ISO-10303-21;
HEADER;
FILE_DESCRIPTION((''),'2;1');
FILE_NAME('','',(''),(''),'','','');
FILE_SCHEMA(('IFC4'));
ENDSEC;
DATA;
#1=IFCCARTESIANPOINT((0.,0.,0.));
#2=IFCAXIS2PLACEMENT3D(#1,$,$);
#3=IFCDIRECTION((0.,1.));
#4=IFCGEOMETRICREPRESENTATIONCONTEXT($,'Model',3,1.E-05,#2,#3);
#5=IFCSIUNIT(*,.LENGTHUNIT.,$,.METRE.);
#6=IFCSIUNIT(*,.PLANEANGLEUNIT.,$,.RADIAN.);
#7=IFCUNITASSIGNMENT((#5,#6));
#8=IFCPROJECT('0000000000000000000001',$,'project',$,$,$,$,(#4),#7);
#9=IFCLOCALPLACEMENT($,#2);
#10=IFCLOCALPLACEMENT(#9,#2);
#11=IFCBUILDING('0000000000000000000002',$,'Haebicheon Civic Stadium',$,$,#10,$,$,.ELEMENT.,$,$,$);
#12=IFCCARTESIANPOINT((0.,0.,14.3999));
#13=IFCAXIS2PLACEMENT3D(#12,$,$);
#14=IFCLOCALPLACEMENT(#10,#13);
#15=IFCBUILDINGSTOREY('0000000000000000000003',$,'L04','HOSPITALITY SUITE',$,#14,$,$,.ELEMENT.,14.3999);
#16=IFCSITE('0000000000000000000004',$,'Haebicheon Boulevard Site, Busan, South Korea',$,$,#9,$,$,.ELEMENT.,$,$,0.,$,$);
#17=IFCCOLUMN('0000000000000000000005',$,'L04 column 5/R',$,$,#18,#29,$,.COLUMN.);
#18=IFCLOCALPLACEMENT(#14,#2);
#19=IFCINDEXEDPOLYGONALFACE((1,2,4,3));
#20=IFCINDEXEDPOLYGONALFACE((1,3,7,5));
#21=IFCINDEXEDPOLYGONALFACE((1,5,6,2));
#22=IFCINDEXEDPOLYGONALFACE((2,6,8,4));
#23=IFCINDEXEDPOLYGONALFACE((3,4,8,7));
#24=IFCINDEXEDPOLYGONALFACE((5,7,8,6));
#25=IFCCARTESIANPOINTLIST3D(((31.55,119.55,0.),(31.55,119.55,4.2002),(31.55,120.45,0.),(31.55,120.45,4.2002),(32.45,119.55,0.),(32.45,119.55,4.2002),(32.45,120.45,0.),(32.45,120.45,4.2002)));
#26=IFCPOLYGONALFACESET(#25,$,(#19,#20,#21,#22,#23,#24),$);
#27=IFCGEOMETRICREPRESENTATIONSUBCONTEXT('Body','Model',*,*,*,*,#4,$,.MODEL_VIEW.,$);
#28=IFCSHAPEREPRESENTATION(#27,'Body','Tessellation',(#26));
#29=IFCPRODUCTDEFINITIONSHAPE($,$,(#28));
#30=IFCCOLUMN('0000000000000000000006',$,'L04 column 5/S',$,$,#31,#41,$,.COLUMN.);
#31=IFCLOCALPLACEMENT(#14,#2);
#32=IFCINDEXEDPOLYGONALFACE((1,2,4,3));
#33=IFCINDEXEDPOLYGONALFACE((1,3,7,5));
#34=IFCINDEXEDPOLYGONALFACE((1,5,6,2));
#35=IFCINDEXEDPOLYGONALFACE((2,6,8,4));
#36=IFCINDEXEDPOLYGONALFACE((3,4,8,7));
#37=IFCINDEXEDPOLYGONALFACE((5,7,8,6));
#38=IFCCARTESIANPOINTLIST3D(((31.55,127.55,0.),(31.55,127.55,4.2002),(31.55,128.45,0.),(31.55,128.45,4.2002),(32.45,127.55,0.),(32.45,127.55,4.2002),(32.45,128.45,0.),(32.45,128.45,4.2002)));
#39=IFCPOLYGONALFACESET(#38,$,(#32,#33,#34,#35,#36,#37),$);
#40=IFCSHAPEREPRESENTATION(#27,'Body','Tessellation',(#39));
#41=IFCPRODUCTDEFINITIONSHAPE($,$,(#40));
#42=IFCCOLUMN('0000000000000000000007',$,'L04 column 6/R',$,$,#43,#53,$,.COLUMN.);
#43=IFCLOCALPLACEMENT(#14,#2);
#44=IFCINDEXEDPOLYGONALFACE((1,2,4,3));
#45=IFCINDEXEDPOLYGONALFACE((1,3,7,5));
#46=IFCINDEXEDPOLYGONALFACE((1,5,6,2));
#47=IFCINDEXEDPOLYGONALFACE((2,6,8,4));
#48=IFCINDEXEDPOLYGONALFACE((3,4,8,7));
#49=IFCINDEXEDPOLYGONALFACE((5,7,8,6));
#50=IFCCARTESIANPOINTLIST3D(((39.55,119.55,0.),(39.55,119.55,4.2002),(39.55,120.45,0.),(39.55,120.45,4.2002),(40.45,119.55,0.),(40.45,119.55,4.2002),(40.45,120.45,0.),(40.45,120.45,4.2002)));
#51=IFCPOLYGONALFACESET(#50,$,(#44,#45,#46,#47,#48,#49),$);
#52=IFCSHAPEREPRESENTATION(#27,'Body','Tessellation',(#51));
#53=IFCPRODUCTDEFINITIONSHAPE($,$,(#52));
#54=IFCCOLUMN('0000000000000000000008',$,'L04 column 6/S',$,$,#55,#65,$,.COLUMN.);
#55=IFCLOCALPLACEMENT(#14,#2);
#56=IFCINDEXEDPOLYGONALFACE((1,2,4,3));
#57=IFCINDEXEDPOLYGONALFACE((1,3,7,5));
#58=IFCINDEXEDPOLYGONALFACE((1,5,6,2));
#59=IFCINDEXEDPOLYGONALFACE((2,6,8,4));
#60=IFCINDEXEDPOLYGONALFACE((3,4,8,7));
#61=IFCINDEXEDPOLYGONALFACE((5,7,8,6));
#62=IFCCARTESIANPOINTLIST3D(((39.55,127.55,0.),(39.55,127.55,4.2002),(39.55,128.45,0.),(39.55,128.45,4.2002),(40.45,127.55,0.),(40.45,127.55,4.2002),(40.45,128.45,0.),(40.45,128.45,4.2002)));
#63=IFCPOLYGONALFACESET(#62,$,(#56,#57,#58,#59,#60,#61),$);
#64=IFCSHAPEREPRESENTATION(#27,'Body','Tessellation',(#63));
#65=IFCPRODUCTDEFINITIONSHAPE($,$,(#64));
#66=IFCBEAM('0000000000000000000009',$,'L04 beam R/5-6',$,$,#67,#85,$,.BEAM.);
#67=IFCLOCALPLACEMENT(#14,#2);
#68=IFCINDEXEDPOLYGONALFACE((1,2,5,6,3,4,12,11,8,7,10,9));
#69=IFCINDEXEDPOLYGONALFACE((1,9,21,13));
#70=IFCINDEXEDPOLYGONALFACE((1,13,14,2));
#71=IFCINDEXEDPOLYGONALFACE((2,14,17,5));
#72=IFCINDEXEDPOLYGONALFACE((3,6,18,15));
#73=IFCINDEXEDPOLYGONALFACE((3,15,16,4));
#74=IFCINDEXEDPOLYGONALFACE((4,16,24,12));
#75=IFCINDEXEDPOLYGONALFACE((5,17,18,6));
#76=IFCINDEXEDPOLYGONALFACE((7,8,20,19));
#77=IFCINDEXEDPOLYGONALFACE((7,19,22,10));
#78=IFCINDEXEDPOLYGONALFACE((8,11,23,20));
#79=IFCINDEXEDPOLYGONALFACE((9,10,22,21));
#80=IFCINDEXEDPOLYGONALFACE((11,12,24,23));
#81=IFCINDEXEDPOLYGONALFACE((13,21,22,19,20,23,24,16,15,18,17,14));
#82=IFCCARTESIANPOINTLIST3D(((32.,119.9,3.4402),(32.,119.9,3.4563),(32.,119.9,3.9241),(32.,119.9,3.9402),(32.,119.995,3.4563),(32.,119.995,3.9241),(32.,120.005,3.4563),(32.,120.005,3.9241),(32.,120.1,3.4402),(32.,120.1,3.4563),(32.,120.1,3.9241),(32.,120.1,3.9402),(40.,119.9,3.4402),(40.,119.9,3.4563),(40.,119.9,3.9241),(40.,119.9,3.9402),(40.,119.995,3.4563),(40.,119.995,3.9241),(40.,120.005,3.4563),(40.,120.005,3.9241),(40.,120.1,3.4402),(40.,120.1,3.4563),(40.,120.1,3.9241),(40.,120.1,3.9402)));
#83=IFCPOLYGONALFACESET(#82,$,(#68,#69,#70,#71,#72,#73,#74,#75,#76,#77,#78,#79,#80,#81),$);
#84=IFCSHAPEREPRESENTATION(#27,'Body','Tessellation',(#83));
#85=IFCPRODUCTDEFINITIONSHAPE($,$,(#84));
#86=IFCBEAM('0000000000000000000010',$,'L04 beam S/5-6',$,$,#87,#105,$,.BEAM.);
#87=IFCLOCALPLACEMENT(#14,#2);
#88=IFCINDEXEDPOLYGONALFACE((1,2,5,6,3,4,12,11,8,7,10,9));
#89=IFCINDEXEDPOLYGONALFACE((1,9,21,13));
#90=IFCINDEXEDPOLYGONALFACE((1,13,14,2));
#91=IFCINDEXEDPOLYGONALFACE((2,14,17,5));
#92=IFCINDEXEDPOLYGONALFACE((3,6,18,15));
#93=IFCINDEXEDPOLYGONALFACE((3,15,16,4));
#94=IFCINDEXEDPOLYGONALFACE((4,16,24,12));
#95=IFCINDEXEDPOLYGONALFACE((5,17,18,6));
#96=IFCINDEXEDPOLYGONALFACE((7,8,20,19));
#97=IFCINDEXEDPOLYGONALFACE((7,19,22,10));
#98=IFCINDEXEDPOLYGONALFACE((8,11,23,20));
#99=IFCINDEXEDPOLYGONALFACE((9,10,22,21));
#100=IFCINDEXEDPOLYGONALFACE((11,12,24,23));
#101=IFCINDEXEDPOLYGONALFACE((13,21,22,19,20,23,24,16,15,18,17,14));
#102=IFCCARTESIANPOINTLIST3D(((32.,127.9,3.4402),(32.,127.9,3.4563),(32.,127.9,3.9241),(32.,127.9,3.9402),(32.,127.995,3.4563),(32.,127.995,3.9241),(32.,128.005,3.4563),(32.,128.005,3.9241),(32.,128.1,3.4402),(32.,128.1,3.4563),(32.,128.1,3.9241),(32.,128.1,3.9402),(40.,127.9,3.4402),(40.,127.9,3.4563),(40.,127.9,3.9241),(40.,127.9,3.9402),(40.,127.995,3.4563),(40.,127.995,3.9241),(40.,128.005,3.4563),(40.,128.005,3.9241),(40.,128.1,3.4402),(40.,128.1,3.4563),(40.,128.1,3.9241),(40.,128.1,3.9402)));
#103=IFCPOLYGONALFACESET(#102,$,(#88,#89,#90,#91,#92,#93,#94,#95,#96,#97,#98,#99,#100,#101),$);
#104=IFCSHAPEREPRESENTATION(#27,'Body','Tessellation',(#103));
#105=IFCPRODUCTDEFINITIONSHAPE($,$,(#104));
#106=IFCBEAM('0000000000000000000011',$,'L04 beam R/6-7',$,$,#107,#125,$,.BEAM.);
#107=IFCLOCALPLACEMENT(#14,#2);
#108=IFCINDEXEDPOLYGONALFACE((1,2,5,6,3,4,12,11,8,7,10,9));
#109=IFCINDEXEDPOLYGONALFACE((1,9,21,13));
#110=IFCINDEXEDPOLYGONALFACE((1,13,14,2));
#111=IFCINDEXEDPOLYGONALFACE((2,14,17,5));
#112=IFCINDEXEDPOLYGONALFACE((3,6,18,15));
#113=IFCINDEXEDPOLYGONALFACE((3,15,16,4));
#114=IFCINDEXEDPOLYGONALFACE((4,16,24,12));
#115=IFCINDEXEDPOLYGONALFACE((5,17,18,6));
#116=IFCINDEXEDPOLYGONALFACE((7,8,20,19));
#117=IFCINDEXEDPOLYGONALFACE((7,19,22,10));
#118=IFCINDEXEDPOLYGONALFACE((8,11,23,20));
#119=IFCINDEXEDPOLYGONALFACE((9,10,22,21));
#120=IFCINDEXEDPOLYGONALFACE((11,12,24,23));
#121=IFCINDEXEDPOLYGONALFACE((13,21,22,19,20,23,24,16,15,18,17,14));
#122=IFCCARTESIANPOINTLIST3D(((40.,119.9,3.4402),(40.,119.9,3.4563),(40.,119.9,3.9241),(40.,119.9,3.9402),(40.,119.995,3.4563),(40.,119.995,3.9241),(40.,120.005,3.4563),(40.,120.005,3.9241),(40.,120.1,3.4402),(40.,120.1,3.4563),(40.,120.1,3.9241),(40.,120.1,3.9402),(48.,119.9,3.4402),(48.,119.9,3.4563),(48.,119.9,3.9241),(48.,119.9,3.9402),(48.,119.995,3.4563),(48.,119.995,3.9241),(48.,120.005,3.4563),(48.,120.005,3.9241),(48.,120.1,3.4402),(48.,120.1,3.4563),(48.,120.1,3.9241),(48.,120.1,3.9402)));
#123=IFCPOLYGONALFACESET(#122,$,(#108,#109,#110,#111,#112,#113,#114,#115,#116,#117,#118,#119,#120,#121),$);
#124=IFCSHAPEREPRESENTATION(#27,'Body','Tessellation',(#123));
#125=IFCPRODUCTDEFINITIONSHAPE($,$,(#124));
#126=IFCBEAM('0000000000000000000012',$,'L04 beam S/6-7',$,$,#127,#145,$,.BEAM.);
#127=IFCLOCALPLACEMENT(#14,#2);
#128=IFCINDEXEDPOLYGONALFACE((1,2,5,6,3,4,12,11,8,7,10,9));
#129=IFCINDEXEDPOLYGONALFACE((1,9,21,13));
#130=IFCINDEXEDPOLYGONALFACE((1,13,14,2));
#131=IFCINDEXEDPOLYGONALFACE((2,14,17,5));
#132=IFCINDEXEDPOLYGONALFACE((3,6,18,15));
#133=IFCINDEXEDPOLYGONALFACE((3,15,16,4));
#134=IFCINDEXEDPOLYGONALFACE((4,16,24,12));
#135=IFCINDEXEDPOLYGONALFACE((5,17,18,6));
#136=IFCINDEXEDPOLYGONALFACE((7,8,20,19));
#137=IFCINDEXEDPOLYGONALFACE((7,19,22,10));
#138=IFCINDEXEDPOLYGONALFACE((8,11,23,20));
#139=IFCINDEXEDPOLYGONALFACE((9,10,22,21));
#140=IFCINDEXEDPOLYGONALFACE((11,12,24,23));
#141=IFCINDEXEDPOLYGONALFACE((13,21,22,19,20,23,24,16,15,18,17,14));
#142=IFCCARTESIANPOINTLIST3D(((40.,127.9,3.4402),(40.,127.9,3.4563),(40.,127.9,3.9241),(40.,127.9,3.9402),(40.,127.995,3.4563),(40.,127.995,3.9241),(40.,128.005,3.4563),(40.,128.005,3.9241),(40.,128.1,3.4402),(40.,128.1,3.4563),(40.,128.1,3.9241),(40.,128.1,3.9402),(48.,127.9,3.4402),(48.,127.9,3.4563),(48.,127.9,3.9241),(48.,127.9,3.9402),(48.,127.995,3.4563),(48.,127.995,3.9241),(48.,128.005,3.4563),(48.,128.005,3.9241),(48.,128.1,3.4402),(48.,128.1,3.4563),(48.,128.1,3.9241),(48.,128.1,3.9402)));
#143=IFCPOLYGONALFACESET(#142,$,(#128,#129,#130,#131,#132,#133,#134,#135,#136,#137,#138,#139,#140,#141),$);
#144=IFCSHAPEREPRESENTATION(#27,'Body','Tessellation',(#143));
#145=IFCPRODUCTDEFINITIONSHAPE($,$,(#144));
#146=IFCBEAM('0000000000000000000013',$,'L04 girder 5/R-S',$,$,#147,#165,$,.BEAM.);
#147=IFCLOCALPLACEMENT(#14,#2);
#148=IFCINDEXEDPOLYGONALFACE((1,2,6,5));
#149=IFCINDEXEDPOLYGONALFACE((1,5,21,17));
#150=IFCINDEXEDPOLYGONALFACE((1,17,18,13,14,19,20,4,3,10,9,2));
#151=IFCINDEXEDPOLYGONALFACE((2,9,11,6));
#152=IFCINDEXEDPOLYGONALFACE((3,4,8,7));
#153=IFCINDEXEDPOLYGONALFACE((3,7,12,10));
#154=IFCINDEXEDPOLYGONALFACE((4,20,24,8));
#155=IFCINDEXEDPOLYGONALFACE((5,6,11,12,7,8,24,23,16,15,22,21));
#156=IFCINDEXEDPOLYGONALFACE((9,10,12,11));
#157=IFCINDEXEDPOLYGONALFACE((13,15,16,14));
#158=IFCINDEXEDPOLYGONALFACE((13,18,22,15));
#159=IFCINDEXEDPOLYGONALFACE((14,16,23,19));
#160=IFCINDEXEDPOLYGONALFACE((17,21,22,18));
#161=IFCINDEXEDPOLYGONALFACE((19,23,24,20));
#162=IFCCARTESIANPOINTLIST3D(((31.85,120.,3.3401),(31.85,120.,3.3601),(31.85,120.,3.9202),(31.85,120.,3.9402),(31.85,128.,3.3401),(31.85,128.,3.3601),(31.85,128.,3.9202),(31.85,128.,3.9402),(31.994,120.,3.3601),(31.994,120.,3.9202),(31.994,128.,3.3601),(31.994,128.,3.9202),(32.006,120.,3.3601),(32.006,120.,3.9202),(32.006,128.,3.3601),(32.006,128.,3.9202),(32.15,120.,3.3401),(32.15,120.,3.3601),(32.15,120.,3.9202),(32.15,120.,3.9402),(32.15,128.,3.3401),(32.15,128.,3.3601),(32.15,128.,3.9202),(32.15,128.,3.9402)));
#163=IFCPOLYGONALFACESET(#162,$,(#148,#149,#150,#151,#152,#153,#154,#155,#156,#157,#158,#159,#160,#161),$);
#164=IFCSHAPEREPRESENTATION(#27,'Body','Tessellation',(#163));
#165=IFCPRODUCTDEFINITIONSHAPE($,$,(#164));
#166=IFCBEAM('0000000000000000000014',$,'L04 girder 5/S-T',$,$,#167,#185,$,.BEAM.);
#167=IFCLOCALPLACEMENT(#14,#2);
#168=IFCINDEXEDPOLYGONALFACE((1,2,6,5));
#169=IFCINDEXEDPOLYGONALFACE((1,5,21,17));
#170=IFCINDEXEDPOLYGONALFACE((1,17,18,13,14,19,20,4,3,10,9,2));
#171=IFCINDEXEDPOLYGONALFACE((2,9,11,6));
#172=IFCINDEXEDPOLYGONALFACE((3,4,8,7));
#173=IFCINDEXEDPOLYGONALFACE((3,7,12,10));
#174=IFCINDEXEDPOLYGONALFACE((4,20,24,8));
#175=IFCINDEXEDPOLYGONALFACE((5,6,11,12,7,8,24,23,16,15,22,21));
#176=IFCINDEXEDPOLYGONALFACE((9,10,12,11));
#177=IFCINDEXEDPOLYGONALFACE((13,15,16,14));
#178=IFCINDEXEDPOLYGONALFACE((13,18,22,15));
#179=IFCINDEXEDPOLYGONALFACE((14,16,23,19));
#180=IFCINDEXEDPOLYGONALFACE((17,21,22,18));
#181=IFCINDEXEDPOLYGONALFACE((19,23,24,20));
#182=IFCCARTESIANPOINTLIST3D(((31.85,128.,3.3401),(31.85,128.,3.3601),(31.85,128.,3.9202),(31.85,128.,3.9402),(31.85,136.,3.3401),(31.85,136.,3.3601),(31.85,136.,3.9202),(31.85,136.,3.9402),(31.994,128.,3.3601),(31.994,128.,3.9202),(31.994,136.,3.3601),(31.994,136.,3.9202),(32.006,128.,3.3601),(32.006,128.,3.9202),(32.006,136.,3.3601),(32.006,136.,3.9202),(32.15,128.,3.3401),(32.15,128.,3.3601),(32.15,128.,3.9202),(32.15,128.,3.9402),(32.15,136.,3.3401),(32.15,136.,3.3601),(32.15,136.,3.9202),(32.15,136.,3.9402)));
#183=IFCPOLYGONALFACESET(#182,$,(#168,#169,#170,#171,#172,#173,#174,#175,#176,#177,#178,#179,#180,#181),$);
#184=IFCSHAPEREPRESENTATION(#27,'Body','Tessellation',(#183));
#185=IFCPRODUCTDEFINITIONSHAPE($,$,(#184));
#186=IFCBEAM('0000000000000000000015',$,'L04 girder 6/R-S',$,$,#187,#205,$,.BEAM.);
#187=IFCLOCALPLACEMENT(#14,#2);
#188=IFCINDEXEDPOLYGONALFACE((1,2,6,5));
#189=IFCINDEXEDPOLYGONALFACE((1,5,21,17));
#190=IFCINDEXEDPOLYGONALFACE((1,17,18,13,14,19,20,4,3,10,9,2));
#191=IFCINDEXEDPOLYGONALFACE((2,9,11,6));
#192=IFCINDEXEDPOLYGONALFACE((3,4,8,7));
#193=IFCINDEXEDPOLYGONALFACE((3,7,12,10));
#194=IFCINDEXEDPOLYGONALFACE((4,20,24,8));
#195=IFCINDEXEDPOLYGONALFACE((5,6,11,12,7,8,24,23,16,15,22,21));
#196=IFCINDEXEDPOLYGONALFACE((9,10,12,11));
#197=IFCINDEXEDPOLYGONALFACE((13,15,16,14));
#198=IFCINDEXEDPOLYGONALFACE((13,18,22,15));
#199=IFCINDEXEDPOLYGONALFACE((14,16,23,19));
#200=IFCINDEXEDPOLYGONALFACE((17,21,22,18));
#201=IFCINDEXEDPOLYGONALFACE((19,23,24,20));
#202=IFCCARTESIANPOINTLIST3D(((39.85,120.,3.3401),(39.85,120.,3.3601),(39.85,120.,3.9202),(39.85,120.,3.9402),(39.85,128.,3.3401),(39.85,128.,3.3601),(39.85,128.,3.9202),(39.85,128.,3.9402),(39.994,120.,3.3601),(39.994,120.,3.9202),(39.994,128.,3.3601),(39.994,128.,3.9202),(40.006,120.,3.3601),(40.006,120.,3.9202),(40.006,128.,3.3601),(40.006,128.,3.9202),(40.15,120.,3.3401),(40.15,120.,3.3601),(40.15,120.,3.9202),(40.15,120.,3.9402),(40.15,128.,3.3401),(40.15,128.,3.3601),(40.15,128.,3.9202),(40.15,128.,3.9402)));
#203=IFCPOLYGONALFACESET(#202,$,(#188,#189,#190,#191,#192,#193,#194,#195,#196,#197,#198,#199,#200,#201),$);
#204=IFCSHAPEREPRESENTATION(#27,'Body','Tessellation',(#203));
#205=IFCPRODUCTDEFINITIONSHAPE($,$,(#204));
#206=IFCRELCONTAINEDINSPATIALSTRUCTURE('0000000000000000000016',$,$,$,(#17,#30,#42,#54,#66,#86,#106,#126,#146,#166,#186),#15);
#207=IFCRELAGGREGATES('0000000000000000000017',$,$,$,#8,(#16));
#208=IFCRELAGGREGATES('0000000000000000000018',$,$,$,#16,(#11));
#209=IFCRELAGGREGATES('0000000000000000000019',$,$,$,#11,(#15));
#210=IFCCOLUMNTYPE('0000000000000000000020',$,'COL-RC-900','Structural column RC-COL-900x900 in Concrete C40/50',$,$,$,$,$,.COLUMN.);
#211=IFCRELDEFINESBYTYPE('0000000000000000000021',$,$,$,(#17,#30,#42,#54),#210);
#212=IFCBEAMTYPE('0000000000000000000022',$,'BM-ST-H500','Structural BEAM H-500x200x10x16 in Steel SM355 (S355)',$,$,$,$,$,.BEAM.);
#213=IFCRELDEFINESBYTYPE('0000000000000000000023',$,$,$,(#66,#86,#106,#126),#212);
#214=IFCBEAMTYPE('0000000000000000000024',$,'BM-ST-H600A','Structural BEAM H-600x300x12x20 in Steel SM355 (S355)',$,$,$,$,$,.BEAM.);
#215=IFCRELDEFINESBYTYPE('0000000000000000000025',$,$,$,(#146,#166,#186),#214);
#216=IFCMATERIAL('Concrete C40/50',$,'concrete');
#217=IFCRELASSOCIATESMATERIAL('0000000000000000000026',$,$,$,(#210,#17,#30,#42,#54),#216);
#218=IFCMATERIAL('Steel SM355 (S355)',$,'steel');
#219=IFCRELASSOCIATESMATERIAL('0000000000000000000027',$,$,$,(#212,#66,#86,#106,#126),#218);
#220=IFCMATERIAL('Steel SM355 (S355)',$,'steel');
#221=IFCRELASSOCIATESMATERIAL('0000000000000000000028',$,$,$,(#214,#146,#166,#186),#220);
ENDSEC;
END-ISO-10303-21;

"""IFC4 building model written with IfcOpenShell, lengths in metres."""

from ifc_helpers import new_model, si_unit, direction, frame, origin, origin_2d, place, context, subcontext, project, spatial, rectangle, i_section, extrude, material, material_profile, profile_set, type_object, element, save


model = new_model("IFC4")

# Units and contexts
model_context = context("Model", 3, precision=1e-05, world=origin(), true_north=direction((0.0, 1.0)))
body_context = subcontext(model_context, "Body", "Model", "MODEL_VIEW")
ifc_project = project(units=[si_unit("LENGTHUNIT", "METRE"), si_unit("PLANEANGLEUNIT", "RADIAN")], contexts=[model_context])

# Site, building, storey
site_placement = place(None, origin())
site = spatial("IfcSite", under=ifc_project, at=site_placement, Name="Haebicheon Boulevard Site, Busan, South Korea", CompositionType="ELEMENT", RefElevation=0.0)
building_placement = place(site_placement, origin())
building = spatial("IfcBuilding", under=site, at=building_placement, Name="Haebicheon Civic Stadium", CompositionType="ELEMENT")
storey_placement = place(building_placement, frame((0.0, 0.0, 14.3999)))
storey = spatial("IfcBuildingStorey", under=building, at=storey_placement, Name="L04", Description="HOSPITALITY SUITE", CompositionType="ELEMENT", Elevation=14.3999)

# Columns
ifc_material_1 = material(Name="Concrete C40/50", Category="concrete")
ifc_material_profile_1 = material_profile(ifc_material_1, rectangle(XDim=0.8999, YDim=0.8999, at=origin_2d()), Name="RC-COL-900x900")
ifc_profile_set_1 = profile_set([ifc_material_profile_1], Name="Concrete C40/50")
column_type = type_object("IfcColumnType", Name="COL-RC-900", Description="Structural column RC-COL-900x900 in Concrete C40/50", PredefinedType="COLUMN", material=ifc_profile_set_1)
for number, where, z_axis, x_axis, name in (
    (1, (32.0, 120.0, 0.0), (0.0, 0.0, 1.0), (1.0, 0.0, 0.0), "L04 column 5/R"),
    (2, (32.0, 128.0, 0.0), (0.0, 0.0, 1.0), (1.0, 0.0, 0.0), "L04 column 5/S"),
    (3, (40.0, 120.0, 0.0), (0.0, 0.0, 1.0), (1.0, 0.0, 0.0), "L04 column 6/R"),
    (4, (40.0, 128.0, 0.0), (0.0, 0.0, 1.0), (1.0, 0.0, 0.0), "L04 column 6/S"),
):
    element("IfcColumn", number, at=place(storey_placement, frame(where, z_axis=z_axis, x_axis=x_axis)), inside=storey, type_object=column_type, material=ifc_profile_set_1, Name=name, PredefinedType="COLUMN", context=body_context, shape_type="SweptSolid", body=[
        extrude(rectangle(XDim=0.8999, YDim=0.8999, at=origin_2d()), origin(), (0.0, 0.0, 1.0), 4.2002),
    ])

# Beams
ifc_material_2 = material(Name="Steel SM355 (S355)", Category="steel")
ifc_material_profile_2 = material_profile(ifc_material_2, i_section(OverallWidth=0.2, OverallDepth=0.5, WebThickness=0.01, FlangeThickness=0.0161, at=origin_2d()), Name="H-500x200x10x16")
ifc_profile_set_2 = profile_set([ifc_material_profile_2], Name="Steel SM355 (S355)")
beam_type_1 = type_object("IfcBeamType", Name="BM-ST-H500", Description="Structural BEAM H-500x200x10x16 in Steel SM355 (S355)", PredefinedType="BEAM", material=ifc_profile_set_2)
for number, where, z_axis, x_axis, name in (
    (5, (32.0, 120.0, 3.6902), (1.0, 0.0, 0.0), (0.0, 1.0, 0.0), "L04 beam R/5-6"),
    (6, (32.0, 128.0, 3.6902), (1.0, 0.0, 0.0), (0.0, 1.0, 0.0), "L04 beam S/5-6"),
    (7, (40.0, 120.0, 3.6902), (1.0, 0.0, 0.0), (0.0, 1.0, 0.0), "L04 beam R/6-7"),
    (8, (40.0, 128.0, 3.6902), (1.0, 0.0, 0.0), (0.0, 1.0, 0.0), "L04 beam S/6-7"),
):
    element("IfcBeam", number, at=place(storey_placement, frame(where, z_axis=z_axis, x_axis=x_axis)), inside=storey, type_object=beam_type_1, material=ifc_profile_set_2, Name=name, PredefinedType="BEAM", context=body_context, shape_type="SweptSolid", body=[
        extrude(i_section(OverallWidth=0.2, OverallDepth=0.5, WebThickness=0.01, FlangeThickness=0.0161, at=origin_2d()), origin(), (0.0, 0.0, 1.0), 8.0),
    ])
ifc_material_3 = material(Name="Steel SM355 (S355)", Category="steel")
ifc_material_profile_3 = material_profile(ifc_material_3, i_section(OverallWidth=0.3, OverallDepth=0.6001, WebThickness=0.012, FlangeThickness=0.02, at=origin_2d()), Name="H-600x300x12x20")
ifc_profile_set_3 = profile_set([ifc_material_profile_3], Name="Steel SM355 (S355)")
beam_type_2 = type_object("IfcBeamType", Name="BM-ST-H600A", Description="Structural BEAM H-600x300x12x20 in Steel SM355 (S355)", PredefinedType="BEAM", material=ifc_profile_set_3)
for number, where, z_axis, x_axis, name in (
    (9, (32.0, 120.0, 3.6401), (0.0, 1.0, 0.0), (-1.0, 0.0, 0.0), "L04 girder 5/R-S"),
    (10, (32.0, 128.0, 3.6401), (0.0, 1.0, 0.0), (-1.0, 0.0, 0.0), "L04 girder 5/S-T"),
    (11, (40.0, 120.0, 3.6401), (0.0, 1.0, 0.0), (-1.0, 0.0, 0.0), "L04 girder 6/R-S"),
):
    element("IfcBeam", number, at=place(storey_placement, frame(where, z_axis=z_axis, x_axis=x_axis)), inside=storey, type_object=beam_type_2, material=ifc_profile_set_3, Name=name, PredefinedType="BEAM", context=body_context, shape_type="SweptSolid", body=[
        extrude(i_section(OverallWidth=0.3, OverallDepth=0.6001, WebThickness=0.012, FlangeThickness=0.02, at=origin_2d()), origin(), (0.0, 0.0, 1.0), 8.0),
    ])

save(model, "model.ifc")
